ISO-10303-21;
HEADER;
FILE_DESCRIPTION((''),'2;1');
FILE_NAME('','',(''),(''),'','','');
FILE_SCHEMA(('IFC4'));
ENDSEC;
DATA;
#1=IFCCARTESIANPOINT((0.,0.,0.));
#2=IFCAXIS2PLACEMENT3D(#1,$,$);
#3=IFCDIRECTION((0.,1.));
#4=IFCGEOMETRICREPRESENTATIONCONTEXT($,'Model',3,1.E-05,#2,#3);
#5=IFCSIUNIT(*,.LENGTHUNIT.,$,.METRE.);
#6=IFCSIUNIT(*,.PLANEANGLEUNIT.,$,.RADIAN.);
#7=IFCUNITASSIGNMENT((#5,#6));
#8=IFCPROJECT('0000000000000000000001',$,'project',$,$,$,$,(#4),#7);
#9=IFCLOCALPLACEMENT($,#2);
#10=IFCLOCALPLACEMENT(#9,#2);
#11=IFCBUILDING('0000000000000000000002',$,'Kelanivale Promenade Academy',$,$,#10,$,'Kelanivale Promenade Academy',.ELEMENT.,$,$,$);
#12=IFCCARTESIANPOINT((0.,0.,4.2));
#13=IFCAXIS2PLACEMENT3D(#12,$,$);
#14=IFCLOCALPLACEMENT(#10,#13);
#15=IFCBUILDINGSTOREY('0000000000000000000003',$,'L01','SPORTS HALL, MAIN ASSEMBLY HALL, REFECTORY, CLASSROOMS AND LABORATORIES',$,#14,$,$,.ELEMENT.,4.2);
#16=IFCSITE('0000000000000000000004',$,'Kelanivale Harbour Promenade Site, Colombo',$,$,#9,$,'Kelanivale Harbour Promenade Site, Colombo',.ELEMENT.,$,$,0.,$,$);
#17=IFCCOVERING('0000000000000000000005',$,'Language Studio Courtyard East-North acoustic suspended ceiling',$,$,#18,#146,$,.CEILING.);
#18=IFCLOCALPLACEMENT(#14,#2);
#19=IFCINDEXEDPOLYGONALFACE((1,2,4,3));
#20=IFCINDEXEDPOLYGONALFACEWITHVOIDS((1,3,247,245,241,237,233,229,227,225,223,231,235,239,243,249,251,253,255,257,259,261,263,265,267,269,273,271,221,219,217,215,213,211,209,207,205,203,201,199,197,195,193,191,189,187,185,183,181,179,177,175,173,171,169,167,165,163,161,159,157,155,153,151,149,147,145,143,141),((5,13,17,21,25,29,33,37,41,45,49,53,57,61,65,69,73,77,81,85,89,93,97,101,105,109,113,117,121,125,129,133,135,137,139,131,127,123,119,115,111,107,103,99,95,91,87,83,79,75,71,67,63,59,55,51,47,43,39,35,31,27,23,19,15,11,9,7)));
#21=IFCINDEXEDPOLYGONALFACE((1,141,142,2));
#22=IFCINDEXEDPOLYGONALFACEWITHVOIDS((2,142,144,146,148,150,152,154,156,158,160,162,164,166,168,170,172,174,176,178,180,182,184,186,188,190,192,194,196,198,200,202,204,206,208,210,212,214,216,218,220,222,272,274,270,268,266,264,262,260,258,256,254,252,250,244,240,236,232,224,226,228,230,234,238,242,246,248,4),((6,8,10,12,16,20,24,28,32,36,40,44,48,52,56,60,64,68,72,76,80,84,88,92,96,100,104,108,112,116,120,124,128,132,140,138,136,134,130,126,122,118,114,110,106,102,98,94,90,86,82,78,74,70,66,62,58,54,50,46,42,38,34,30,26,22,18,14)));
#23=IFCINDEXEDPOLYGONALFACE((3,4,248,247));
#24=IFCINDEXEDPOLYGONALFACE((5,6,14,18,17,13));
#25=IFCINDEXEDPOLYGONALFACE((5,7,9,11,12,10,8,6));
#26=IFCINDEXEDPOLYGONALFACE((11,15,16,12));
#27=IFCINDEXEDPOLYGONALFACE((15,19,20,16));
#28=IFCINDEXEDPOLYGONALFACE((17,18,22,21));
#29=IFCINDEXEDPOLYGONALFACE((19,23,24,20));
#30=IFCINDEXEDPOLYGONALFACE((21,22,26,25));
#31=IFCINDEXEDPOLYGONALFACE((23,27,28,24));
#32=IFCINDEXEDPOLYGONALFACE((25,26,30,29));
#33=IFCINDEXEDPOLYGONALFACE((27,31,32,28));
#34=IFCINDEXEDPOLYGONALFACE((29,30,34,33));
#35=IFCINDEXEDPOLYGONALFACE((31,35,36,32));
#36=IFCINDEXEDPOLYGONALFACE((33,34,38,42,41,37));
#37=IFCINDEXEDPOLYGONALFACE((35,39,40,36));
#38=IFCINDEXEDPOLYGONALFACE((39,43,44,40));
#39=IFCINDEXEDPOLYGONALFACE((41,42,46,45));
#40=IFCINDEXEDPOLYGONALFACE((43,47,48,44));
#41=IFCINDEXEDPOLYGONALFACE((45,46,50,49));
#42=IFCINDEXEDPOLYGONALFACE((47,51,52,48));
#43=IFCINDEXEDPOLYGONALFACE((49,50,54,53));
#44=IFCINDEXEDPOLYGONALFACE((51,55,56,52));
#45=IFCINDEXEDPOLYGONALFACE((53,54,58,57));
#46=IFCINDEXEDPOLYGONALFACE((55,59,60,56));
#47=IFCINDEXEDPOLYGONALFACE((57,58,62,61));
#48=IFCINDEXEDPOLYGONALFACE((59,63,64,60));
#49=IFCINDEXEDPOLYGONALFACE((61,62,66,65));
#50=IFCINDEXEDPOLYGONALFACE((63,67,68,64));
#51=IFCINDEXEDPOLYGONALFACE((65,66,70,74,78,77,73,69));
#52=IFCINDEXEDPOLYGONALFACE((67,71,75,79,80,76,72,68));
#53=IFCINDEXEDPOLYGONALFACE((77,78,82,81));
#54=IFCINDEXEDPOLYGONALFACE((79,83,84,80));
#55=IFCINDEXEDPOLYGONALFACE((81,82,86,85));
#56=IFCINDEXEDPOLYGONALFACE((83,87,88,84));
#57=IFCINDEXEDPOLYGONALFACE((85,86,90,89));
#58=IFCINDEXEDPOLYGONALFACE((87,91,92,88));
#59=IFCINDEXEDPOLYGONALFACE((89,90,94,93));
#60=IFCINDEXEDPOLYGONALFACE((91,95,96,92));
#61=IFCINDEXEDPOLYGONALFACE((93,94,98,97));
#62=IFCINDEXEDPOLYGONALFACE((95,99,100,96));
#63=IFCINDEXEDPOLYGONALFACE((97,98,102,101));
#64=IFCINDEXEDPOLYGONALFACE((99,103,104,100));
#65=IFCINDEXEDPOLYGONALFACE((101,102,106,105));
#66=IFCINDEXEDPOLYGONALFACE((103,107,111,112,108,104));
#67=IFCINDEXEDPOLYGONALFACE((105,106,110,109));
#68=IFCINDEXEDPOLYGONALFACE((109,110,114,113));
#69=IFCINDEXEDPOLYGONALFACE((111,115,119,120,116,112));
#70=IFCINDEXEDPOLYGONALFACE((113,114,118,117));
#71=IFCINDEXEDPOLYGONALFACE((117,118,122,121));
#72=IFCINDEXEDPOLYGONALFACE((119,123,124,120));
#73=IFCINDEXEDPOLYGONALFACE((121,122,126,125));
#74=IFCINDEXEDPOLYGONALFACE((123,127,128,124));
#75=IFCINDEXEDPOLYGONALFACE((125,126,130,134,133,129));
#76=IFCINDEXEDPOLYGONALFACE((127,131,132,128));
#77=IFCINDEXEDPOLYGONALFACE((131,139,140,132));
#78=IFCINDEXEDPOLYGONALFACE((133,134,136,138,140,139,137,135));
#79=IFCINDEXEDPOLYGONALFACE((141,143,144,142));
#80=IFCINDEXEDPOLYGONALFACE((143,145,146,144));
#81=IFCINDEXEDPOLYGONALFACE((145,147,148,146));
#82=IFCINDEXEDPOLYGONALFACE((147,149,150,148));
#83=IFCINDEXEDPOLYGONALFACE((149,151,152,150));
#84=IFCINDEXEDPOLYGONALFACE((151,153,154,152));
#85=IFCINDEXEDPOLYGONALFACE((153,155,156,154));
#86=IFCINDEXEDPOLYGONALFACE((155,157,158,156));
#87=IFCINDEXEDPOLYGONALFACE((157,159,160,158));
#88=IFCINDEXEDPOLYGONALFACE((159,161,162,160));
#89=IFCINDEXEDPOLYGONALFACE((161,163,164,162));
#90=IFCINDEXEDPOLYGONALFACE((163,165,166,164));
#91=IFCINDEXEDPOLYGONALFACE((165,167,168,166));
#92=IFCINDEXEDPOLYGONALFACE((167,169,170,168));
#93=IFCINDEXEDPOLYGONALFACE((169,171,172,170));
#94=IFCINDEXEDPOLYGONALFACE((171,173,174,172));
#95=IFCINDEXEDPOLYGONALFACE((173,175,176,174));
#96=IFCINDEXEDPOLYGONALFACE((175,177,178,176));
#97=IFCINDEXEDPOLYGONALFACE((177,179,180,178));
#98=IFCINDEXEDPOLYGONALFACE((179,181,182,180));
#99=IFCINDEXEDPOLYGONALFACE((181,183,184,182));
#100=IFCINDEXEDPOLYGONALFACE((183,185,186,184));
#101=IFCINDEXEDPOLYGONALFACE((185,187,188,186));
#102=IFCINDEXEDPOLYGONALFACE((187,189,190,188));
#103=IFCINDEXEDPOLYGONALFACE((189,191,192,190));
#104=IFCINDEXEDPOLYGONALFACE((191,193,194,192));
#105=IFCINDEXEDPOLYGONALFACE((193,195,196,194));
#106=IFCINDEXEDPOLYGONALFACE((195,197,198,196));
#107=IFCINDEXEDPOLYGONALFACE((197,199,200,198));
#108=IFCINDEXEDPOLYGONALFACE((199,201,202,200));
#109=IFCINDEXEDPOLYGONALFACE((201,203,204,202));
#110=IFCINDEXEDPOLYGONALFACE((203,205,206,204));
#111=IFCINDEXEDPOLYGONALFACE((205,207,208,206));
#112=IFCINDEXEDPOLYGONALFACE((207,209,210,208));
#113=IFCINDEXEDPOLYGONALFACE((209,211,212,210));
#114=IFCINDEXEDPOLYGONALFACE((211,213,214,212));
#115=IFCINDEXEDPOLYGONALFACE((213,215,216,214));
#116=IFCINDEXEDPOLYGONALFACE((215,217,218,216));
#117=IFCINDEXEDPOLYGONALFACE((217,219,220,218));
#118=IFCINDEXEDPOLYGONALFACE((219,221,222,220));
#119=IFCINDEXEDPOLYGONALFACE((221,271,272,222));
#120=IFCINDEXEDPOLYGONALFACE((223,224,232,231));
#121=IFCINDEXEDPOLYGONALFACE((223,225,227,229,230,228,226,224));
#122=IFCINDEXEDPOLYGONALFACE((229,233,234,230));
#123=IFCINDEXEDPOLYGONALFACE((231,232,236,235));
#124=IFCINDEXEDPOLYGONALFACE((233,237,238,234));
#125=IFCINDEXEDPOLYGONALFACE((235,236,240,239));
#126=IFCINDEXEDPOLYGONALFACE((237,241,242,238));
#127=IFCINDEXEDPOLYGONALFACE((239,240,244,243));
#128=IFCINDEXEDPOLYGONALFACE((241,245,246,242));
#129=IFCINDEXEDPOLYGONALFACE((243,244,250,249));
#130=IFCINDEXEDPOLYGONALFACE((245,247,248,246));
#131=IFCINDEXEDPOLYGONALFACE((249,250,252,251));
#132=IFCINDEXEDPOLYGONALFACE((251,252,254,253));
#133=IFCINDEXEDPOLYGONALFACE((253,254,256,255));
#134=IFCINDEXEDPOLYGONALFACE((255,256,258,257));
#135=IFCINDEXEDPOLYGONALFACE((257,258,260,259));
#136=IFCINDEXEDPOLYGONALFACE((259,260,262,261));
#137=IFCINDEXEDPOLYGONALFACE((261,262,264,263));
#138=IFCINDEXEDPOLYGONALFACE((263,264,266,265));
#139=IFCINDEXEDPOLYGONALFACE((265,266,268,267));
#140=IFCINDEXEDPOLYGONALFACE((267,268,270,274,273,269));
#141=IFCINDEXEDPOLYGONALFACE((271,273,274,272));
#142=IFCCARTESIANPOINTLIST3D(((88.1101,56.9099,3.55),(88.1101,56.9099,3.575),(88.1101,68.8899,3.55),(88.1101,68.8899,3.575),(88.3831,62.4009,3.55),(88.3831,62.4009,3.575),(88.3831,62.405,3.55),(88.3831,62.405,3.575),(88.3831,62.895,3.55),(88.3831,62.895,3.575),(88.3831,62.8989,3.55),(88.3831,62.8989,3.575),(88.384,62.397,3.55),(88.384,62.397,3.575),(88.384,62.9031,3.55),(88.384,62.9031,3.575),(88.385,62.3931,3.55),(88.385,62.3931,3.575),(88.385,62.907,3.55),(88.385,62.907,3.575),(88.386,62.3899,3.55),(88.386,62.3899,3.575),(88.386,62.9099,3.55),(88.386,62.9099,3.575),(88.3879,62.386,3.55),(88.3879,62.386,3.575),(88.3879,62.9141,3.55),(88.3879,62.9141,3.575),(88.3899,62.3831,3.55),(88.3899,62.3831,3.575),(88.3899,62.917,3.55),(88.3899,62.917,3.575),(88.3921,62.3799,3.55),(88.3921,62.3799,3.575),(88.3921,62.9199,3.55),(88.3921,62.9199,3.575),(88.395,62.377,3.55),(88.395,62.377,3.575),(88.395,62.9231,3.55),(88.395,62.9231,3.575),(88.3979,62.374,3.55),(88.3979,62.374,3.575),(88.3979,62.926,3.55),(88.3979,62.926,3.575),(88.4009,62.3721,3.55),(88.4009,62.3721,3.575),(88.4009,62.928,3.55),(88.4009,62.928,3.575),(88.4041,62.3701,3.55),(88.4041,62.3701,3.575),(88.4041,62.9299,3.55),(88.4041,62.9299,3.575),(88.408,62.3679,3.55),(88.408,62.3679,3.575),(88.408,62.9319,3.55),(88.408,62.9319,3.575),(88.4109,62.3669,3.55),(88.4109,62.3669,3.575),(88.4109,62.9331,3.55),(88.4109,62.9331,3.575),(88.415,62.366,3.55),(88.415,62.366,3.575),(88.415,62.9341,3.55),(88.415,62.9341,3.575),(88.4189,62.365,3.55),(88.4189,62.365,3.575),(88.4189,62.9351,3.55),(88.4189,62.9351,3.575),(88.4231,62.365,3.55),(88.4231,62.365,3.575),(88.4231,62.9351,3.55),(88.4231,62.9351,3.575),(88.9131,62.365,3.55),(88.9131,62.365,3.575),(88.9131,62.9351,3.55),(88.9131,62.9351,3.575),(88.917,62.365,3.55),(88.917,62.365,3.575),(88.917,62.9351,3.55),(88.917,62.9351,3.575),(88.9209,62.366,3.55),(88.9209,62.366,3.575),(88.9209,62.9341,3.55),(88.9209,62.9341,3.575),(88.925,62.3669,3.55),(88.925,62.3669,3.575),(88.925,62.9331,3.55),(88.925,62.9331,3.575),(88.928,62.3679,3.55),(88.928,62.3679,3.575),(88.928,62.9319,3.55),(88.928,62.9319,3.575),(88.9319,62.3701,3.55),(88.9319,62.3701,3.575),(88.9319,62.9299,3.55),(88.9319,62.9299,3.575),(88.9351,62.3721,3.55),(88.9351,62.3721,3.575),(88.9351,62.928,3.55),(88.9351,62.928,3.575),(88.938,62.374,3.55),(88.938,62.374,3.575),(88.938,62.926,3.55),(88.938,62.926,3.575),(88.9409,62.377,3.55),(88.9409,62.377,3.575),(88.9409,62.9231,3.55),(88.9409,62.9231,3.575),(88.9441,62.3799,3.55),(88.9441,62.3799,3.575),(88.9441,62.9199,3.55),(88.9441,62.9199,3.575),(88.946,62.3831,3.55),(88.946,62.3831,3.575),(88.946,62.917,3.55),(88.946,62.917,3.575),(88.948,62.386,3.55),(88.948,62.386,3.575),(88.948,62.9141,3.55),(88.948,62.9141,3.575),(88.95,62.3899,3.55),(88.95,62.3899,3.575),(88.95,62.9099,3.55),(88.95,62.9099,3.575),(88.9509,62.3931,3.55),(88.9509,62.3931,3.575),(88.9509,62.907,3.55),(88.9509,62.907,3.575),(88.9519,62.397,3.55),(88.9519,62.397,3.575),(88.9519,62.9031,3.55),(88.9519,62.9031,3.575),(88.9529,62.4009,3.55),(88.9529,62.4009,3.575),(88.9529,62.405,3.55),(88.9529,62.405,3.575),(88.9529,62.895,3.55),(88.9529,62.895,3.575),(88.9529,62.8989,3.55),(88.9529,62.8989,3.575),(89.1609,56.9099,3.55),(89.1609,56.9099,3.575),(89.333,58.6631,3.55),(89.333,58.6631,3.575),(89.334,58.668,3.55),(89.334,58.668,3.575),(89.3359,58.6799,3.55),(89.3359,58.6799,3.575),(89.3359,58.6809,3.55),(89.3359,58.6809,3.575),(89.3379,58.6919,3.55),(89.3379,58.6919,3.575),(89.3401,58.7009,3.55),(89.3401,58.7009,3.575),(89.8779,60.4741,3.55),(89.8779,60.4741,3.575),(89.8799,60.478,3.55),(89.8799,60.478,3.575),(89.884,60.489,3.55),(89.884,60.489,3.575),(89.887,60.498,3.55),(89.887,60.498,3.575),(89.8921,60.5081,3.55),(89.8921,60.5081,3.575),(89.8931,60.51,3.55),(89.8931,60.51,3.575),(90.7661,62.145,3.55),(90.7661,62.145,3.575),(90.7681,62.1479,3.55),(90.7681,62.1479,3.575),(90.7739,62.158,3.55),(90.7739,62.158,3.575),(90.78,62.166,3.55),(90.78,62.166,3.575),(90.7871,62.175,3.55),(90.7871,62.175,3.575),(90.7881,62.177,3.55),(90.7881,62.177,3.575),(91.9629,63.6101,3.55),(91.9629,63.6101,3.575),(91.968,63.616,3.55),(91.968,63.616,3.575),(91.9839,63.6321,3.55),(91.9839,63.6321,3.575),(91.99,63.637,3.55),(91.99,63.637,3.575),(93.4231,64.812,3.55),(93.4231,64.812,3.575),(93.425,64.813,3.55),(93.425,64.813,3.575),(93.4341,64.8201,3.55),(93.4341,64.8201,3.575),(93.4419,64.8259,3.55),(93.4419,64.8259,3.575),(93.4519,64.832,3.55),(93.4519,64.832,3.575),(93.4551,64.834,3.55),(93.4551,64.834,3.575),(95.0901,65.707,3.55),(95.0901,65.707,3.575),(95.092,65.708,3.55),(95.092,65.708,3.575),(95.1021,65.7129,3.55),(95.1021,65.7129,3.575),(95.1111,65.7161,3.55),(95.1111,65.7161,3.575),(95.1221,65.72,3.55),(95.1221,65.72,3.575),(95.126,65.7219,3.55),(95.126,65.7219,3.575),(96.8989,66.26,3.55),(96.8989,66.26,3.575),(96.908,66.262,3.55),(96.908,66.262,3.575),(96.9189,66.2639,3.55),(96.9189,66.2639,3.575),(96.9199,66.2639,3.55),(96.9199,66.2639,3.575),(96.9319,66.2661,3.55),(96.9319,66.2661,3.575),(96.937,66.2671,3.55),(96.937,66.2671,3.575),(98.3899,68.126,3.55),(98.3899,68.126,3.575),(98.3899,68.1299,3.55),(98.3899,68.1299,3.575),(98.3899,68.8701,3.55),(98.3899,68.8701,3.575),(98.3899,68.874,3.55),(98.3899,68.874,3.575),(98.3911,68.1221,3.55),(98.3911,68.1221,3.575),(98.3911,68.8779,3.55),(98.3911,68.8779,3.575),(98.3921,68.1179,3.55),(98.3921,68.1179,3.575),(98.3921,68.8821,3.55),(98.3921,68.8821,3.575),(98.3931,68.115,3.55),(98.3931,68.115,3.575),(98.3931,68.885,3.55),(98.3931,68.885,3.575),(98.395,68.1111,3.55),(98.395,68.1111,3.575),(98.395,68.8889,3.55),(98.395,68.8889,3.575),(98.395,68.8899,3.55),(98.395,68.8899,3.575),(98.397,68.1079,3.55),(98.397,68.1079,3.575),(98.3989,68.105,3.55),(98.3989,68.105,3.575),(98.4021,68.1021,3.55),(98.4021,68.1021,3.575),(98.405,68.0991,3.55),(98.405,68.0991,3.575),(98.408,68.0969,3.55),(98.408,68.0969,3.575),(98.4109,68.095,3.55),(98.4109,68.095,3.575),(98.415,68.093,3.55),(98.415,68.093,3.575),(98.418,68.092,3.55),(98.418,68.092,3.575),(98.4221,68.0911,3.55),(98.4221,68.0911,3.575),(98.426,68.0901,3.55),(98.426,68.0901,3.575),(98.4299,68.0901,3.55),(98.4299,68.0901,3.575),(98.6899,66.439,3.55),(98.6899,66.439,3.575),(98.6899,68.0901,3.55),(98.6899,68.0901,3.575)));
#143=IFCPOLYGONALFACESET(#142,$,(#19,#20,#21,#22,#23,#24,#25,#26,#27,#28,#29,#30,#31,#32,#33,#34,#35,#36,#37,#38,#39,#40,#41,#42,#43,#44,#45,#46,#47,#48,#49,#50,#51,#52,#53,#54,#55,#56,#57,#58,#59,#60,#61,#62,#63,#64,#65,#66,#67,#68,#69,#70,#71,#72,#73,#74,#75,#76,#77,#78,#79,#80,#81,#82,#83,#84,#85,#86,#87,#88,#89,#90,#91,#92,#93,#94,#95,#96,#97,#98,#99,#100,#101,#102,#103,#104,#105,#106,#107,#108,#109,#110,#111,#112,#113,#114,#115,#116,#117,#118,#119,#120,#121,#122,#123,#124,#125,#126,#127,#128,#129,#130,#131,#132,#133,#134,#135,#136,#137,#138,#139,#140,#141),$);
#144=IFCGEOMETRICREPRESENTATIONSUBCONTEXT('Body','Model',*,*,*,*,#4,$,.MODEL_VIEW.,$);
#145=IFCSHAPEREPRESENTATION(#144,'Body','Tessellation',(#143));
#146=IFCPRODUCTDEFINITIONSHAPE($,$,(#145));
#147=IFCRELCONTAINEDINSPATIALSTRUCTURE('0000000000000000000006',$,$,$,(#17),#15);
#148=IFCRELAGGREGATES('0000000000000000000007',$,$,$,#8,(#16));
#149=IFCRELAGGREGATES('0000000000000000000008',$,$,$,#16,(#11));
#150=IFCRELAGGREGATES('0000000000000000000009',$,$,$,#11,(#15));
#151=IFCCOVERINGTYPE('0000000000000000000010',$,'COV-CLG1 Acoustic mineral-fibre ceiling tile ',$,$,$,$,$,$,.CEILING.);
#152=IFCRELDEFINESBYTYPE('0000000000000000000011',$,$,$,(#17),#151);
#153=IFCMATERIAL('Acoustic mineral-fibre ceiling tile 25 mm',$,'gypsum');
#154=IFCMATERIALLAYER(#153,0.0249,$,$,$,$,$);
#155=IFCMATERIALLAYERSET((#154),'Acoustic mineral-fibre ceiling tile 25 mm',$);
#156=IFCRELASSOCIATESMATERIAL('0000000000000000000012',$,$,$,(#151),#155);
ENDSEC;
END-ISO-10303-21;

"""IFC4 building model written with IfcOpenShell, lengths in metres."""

from ifc_helpers import new_model, si_unit, direction, frame, origin, place, context, subcontext, project, spatial, polyline, outline, extrude, material, layer, layer_set, type_object, element, save


model = new_model("IFC4")

# Units and contexts
model_context = context("Model", 3, precision=1e-05, world=origin(), true_north=direction((0.0, 1.0)))
body_context = subcontext(model_context, "Body", "Model", "MODEL_VIEW")
ifc_project = project(units=[si_unit("LENGTHUNIT", "METRE"), si_unit("PLANEANGLEUNIT", "RADIAN")], contexts=[model_context])

# Site, building, storey
site_placement = place(None, origin())
site = spatial("IfcSite", under=ifc_project, at=site_placement, Name="Kelanivale Harbour Promenade Site, Colombo", LongName="Kelanivale Harbour Promenade Site, Colombo", CompositionType="ELEMENT", RefElevation=0.0)
building_placement = place(site_placement, origin())
building = spatial("IfcBuilding", under=site, at=building_placement, Name="Kelanivale Promenade Academy", LongName="Kelanivale Promenade Academy", CompositionType="ELEMENT")
storey_placement = place(building_placement, frame((0.0, 0.0, 4.2)))
storey = spatial("IfcBuildingStorey", under=building, at=storey_placement, Name="L01", Description="SPORTS HALL, MAIN ASSEMBLY HALL, REFECTORY, CLASSROOMS AND LABORATORIES", CompositionType="ELEMENT", Elevation=4.2)

# Covering
ifc_material_1 = material(Name="Acoustic mineral-fibre ceiling tile 25 mm", Category="gypsum")
ifc_layer_1 = layer(ifc_material_1, 0.0249)
ifc_layer_set_1 = layer_set([ifc_layer_1], Name="Acoustic mineral-fibre ceiling tile 25 mm")
covering_type = type_object("IfcCoveringType", Name="COV-CLG1 Acoustic mineral-fibre ceiling tile ", PredefinedType="CEILING", material=ifc_layer_set_1)
covering_1_placement = place(storey_placement, frame((0.0, 0.0, 3.55)))
element("IfcCovering", 1, at=covering_1_placement, inside=storey, type_object=covering_type, Name="Language Studio Courtyard East-North acoustic suspended ceiling", PredefinedType="CEILING", context=body_context, shape_type="SweptSolid", body=[
    extrude(outline(polyline([(88.1101, 68.8899), (88.1101, 56.9099), (89.1609, 56.9099), (89.333, 58.6631), (89.334, 58.668), (89.3359, 58.6799), (89.3359, 58.6809), (89.3379, 58.6919), (89.3401, 58.7009), (89.8779, 60.4741), (89.8799, 60.478), (89.884, 60.489), (89.887, 60.498), (89.8921, 60.5081), (89.8931, 60.51), (90.7661, 62.145), (90.7681, 62.1479), (90.7739, 62.158), (90.78, 62.166), (90.7871, 62.175), (90.7881, 62.177), (91.9629, 63.6101), (91.968, 63.616), (91.9839, 63.6321), (91.99, 63.637), (93.4231, 64.812), (93.425, 64.813), (93.4341, 64.8201), (93.4419, 64.8259), (93.4519, 64.832), (93.4551, 64.834), (95.0901, 65.707), (95.092, 65.708), (95.1021, 65.7129), (95.1111, 65.7161), (95.1221, 65.72), (95.126, 65.7219), (96.8989, 66.26), (96.908, 66.262), (96.9189, 66.2639), (96.9199, 66.2639), (96.9319, 66.2661), (96.937, 66.2671), (98.6899, 66.439), (98.6899, 68.0901), (98.4299, 68.0901), (98.426, 68.0901), (98.4221, 68.0911), (98.418, 68.092), (98.415, 68.093), (98.4109, 68.095), (98.408, 68.0969), (98.405, 68.0991), (98.4021, 68.1021), (98.3989, 68.105), (98.397, 68.1079), (98.395, 68.1111), (98.3931, 68.115), (98.3921, 68.1179), (98.3911, 68.1221), (98.3899, 68.126), (98.3899, 68.1299), (98.3899, 68.8701), (98.3899, 68.874), (98.3911, 68.8779), (98.3921, 68.8821), (98.3931, 68.885), (98.395, 68.8889), (98.395, 68.8899), (88.1101, 68.8899)]), holes=[polyline([(88.9131, 62.9351), (88.917, 62.9351), (88.9209, 62.9341), (88.925, 62.9331), (88.928, 62.9319), (88.9319, 62.9299), (88.9351, 62.928), (88.938, 62.926), (88.9409, 62.9231), (88.9441, 62.9199), (88.946, 62.917), (88.948, 62.9141), (88.95, 62.9099), (88.9509, 62.907), (88.9519, 62.9031), (88.9529, 62.8989), (88.9529, 62.895), (88.9529, 62.405), (88.9529, 62.4009), (88.9519, 62.397), (88.9509, 62.3931), (88.95, 62.3899), (88.948, 62.386), (88.946, 62.3831), (88.9441, 62.3799), (88.9409, 62.377), (88.938, 62.374), (88.9351, 62.3721), (88.9319, 62.3701), (88.928, 62.3679), (88.925, 62.3669), (88.9209, 62.366), (88.917, 62.365), (88.9131, 62.365), (88.4231, 62.365), (88.4189, 62.365), (88.415, 62.366), (88.4109, 62.3669), (88.408, 62.3679), (88.4041, 62.3701), (88.4009, 62.3721), (88.3979, 62.374), (88.395, 62.377), (88.3921, 62.3799), (88.3899, 62.3831), (88.3879, 62.386), (88.386, 62.3899), (88.385, 62.3931), (88.384, 62.397), (88.3831, 62.4009), (88.3831, 62.405), (88.3831, 62.895), (88.3831, 62.8989), (88.384, 62.9031), (88.385, 62.907), (88.386, 62.9099), (88.3879, 62.9141), (88.3899, 62.917), (88.3921, 62.9199), (88.395, 62.9231), (88.3979, 62.926), (88.4009, 62.928), (88.4041, 62.9299), (88.408, 62.9319), (88.4109, 62.9331), (88.415, 62.9341), (88.4189, 62.9351), (88.4231, 62.9351), (88.9131, 62.9351)])]), origin(), (0.0, 0.0, 1.0), 0.0249),
])

save(model, "model.ifc")
